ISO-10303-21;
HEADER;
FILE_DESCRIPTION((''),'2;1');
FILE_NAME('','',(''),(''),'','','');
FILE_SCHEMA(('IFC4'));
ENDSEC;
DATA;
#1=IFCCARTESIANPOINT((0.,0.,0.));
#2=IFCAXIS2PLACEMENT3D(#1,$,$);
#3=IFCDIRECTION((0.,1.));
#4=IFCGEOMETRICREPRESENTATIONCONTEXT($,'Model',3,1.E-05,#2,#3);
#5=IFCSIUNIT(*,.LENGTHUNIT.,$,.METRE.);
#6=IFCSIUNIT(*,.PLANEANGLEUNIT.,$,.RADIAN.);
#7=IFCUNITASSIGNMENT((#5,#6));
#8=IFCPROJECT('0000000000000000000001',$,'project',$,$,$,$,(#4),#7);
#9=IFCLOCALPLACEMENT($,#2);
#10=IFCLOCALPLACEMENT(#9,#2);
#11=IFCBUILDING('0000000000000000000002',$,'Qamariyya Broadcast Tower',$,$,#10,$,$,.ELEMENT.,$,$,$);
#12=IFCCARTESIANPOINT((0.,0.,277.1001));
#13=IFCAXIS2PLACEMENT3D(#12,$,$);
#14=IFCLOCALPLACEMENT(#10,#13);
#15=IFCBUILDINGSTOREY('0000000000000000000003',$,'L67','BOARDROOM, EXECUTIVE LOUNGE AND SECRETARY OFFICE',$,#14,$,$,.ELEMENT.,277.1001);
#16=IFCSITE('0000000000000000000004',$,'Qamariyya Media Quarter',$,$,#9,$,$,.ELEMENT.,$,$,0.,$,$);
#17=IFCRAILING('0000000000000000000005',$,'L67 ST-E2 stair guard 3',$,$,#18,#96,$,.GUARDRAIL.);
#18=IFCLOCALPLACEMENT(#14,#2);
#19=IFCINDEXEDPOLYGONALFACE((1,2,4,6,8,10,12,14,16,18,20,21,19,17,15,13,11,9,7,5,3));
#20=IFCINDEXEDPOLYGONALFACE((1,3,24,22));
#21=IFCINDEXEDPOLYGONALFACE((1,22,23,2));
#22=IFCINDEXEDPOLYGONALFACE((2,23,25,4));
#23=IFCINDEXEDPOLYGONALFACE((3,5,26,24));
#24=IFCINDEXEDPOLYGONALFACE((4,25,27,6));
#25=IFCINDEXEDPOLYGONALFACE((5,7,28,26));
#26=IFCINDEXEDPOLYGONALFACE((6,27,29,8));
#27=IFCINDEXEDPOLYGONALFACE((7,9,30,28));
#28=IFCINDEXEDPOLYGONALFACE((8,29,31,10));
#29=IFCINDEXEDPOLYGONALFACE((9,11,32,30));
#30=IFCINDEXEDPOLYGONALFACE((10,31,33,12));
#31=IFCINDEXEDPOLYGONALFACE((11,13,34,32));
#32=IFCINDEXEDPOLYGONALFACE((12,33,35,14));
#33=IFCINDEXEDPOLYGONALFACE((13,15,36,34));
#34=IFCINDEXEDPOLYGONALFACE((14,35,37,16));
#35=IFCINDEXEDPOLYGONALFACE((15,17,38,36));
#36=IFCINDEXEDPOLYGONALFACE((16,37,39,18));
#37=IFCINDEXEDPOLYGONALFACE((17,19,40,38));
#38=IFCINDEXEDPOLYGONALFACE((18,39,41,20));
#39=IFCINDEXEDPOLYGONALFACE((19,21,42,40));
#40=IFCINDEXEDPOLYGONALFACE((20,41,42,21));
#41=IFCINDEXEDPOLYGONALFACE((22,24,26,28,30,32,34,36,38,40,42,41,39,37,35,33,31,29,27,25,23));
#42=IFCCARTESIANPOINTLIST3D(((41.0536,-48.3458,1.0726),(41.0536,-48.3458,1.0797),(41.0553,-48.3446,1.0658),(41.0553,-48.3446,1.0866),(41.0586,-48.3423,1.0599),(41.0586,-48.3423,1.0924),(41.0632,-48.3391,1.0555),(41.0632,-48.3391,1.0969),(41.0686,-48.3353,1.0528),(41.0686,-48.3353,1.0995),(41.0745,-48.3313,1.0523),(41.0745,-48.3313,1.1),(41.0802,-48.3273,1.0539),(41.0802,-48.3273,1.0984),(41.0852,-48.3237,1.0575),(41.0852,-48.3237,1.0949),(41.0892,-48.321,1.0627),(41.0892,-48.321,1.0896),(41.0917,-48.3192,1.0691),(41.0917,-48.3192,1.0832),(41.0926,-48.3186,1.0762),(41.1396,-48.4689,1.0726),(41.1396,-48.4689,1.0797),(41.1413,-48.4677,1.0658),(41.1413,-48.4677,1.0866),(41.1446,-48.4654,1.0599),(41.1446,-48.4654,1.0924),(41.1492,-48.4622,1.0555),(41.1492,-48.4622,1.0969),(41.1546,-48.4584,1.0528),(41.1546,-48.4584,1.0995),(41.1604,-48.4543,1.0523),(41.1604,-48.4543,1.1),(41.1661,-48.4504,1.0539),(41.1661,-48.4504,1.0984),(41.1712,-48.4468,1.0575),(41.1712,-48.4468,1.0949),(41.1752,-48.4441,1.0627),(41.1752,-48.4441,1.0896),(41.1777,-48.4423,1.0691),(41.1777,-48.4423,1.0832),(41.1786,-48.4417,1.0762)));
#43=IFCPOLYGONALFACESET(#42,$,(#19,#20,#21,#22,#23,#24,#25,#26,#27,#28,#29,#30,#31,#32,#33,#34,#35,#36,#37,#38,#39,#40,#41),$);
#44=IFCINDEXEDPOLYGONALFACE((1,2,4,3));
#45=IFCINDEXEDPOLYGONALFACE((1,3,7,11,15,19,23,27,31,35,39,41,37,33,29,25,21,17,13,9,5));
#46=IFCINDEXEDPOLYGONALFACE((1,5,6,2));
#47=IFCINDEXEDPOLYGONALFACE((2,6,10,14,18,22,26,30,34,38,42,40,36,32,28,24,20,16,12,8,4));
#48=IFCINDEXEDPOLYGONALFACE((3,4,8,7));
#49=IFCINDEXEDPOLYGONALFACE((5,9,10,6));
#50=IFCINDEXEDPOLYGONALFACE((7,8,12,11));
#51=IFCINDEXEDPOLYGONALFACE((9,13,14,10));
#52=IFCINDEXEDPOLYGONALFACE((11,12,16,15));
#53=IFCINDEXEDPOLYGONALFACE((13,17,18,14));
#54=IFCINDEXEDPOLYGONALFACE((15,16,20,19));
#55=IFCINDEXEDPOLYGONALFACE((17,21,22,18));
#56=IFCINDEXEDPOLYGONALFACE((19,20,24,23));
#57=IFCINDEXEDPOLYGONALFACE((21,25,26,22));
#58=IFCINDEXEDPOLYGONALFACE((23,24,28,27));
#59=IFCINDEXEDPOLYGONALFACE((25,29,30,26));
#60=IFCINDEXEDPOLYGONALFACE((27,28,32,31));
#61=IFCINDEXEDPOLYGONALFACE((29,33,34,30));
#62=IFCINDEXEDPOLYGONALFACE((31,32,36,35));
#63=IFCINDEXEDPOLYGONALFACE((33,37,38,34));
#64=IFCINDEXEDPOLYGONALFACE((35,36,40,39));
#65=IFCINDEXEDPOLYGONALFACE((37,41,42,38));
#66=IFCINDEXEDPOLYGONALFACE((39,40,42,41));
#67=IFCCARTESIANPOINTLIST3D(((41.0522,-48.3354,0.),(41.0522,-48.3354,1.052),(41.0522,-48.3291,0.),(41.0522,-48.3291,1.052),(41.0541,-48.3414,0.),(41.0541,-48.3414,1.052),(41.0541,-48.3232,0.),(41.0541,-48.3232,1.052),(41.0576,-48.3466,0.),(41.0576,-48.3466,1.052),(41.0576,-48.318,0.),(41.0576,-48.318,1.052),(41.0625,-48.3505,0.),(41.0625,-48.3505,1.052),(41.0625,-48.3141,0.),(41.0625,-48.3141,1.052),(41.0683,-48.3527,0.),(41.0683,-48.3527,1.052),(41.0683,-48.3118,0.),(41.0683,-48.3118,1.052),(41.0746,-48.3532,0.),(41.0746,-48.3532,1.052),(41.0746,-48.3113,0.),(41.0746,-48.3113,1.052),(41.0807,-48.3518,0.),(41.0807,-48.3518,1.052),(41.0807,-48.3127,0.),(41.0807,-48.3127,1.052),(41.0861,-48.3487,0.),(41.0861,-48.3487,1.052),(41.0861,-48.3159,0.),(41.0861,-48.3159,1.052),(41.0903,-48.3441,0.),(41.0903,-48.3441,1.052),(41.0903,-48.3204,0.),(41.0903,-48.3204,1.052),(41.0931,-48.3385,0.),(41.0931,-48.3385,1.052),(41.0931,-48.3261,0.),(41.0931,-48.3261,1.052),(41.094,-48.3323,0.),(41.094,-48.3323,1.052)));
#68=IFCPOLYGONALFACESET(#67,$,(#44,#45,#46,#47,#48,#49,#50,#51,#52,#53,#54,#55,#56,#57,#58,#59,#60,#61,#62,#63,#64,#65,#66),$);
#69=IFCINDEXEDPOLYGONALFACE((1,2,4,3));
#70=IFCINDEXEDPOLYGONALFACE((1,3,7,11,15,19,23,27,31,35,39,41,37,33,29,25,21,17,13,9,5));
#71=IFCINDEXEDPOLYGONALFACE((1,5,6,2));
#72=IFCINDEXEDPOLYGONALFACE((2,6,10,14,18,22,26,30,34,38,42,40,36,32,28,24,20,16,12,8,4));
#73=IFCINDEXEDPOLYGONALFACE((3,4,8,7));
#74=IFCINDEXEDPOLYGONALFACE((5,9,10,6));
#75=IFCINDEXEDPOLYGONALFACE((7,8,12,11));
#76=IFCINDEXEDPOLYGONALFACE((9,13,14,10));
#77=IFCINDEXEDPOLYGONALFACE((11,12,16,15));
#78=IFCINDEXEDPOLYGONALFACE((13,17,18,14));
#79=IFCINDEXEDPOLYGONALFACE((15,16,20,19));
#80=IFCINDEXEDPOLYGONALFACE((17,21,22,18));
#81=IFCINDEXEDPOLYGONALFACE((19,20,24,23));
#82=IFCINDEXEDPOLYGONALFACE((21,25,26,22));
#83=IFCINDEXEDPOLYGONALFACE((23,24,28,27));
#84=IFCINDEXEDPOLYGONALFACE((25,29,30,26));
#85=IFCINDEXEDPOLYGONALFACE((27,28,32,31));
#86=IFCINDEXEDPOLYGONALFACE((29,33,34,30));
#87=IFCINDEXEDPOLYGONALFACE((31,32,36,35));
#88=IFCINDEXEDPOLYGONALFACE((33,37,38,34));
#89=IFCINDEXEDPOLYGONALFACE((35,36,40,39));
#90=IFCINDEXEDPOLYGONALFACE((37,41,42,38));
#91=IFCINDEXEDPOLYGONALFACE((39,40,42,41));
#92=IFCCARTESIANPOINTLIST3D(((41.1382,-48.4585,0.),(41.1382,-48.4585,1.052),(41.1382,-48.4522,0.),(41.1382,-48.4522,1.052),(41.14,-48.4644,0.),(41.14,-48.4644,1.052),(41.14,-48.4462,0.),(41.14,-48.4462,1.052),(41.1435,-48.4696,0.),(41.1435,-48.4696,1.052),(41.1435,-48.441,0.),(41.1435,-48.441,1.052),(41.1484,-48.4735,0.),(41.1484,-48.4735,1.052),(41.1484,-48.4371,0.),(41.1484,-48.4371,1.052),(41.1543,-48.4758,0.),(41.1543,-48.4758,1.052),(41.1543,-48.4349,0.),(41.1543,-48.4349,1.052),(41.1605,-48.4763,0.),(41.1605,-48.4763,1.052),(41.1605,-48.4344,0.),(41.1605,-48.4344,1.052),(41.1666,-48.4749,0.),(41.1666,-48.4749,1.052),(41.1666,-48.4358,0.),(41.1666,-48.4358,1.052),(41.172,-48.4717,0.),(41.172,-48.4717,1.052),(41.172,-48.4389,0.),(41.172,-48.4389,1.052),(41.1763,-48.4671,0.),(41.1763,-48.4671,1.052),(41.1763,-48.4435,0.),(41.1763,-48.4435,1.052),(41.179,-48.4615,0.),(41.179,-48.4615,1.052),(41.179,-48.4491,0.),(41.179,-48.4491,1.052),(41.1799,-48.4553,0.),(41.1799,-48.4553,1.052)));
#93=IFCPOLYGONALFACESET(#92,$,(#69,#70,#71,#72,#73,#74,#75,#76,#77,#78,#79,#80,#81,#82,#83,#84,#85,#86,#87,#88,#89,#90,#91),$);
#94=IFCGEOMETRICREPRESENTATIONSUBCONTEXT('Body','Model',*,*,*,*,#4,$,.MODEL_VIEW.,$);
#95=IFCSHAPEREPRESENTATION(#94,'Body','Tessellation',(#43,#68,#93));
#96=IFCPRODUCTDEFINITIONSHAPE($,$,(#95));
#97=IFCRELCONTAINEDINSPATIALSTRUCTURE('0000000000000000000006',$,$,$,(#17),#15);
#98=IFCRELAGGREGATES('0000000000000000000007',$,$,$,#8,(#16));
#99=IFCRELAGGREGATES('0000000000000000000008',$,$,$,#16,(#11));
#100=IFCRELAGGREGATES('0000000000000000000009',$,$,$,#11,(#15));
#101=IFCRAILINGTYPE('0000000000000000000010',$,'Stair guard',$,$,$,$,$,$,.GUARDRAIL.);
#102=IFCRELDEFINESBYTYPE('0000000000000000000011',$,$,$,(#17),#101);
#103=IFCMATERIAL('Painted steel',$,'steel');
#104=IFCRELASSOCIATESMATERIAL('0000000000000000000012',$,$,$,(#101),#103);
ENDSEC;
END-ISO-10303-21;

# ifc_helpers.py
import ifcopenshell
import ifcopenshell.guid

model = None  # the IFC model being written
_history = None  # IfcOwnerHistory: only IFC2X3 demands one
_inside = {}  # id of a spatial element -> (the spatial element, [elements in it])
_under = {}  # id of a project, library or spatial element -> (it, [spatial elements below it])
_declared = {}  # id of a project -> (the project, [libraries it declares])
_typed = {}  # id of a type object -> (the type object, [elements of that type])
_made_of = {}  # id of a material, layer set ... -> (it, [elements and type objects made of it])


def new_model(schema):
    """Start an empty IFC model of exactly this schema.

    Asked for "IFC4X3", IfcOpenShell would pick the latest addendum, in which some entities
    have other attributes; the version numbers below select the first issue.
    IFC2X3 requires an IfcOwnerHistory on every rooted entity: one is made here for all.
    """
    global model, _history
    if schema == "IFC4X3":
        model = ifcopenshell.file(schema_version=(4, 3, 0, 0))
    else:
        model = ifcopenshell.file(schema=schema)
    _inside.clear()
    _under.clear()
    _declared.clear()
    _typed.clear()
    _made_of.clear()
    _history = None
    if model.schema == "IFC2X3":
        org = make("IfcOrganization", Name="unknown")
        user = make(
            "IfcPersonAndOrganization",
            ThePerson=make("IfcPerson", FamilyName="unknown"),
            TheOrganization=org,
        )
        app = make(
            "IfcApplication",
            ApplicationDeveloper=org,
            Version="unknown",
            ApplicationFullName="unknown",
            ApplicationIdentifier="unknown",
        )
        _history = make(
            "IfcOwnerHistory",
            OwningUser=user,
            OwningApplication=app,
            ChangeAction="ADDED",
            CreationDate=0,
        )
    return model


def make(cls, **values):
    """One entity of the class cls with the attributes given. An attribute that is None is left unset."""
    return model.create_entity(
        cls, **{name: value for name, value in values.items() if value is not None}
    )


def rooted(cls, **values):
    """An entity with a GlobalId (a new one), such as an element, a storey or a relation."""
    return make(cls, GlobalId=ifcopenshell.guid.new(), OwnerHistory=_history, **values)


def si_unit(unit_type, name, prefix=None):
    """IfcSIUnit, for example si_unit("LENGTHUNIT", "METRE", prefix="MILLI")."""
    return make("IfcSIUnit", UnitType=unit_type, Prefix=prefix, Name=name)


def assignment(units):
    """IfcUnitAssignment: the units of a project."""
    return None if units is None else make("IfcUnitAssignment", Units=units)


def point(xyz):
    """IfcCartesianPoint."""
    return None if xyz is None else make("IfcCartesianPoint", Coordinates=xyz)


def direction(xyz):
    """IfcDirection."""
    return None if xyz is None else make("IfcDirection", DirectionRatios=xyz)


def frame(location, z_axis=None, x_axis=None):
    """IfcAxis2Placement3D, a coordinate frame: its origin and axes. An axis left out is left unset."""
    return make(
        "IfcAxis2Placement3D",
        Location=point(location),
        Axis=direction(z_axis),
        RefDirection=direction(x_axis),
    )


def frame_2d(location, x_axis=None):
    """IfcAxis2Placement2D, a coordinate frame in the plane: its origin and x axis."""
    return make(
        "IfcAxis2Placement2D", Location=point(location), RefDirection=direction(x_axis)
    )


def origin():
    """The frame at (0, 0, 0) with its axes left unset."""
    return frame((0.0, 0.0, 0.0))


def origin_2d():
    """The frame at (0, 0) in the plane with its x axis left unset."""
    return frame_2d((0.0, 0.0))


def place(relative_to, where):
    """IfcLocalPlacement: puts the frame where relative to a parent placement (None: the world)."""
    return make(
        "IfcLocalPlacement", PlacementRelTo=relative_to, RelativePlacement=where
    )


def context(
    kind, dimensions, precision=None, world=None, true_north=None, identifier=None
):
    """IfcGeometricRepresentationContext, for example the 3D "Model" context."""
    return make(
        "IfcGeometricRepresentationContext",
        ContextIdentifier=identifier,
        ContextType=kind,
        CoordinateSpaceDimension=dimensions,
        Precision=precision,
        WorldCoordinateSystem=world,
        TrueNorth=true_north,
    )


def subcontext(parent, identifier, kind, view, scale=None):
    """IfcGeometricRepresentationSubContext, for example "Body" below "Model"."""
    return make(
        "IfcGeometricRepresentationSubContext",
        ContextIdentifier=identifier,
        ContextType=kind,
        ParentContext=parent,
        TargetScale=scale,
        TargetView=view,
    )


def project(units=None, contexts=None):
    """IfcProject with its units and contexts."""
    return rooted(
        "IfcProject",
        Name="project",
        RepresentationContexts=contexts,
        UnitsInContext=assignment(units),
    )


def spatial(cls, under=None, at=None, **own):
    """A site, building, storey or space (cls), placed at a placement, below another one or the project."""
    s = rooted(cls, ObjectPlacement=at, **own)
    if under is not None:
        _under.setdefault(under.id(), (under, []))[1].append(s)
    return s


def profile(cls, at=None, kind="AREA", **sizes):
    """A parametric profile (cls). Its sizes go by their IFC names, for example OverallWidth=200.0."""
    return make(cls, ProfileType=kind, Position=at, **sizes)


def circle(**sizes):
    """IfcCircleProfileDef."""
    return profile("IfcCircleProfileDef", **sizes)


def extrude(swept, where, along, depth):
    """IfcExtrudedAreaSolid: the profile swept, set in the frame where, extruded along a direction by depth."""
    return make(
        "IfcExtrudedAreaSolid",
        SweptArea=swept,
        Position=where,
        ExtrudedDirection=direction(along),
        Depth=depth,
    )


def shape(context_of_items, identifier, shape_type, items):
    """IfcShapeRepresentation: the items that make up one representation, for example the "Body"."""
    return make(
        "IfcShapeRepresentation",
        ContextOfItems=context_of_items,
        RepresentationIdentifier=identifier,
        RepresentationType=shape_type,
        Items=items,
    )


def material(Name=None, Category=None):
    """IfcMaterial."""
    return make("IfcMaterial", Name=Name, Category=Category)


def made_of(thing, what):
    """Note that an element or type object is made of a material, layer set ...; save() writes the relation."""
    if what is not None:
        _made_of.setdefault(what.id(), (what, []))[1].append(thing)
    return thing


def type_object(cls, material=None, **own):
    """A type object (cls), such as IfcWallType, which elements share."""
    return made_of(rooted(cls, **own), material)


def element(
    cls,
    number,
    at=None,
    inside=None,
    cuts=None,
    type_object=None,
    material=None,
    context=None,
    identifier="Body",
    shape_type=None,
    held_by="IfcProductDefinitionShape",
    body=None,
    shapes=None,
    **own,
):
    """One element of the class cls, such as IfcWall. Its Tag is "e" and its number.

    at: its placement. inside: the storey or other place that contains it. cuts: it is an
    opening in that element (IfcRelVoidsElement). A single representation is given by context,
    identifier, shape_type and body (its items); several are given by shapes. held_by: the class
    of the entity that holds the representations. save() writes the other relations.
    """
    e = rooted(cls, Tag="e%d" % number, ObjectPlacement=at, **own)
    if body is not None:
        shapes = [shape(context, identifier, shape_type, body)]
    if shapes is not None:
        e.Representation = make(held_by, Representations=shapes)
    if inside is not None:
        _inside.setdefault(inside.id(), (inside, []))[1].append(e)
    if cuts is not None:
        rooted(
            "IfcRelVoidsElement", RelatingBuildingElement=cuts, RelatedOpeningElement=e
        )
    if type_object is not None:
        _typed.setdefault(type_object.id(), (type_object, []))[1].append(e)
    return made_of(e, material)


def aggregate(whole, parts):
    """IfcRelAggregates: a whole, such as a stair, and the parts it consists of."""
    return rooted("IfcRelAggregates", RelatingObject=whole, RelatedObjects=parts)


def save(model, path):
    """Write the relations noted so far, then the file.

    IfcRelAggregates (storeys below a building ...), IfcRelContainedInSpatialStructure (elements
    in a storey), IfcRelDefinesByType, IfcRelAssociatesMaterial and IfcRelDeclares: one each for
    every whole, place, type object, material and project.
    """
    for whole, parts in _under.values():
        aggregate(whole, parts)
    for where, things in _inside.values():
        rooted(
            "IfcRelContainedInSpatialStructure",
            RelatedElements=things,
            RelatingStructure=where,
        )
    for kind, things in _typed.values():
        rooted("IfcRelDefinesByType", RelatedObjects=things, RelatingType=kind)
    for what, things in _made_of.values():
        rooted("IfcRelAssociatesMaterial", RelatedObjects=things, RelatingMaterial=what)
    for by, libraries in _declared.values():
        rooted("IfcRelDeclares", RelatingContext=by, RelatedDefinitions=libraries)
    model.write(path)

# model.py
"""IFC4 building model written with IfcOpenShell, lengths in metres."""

from ifc_helpers import new_model, si_unit, direction, frame, origin, origin_2d, place, context, subcontext, project, spatial, circle, extrude, material, type_object, element, save


model = new_model("IFC4")

# Units and contexts
model_context = context("Model", 3, precision=1e-05, world=origin(), true_north=direction((0.0, 1.0)))
body_context = subcontext(model_context, "Body", "Model", "MODEL_VIEW")
ifc_project = project(units=[si_unit("LENGTHUNIT", "METRE"), si_unit("PLANEANGLEUNIT", "RADIAN")], contexts=[model_context])

# Site, building, storey
site_placement = place(None, origin())
site = spatial("IfcSite", under=ifc_project, at=site_placement, Name="Qamariyya Media Quarter", CompositionType="ELEMENT", RefElevation=0.0)
building_placement = place(site_placement, origin())
building = spatial("IfcBuilding", under=site, at=building_placement, Name="Qamariyya Broadcast Tower", CompositionType="ELEMENT")
storey_placement = place(building_placement, frame((0.0, 0.0, 277.1001)))
storey = spatial("IfcBuildingStorey", under=building, at=storey_placement, Name="L67", Description="BOARDROOM, EXECUTIVE LOUNGE AND SECRETARY OFFICE", CompositionType="ELEMENT", Elevation=277.1001)

# Railing
ifc_material_1 = material(Name="Painted steel", Category="steel")
railing_type_1 = type_object("IfcRailingType", Name="Stair guard", PredefinedType="GUARDRAIL", material=ifc_material_1)
railing_1_placement = place(storey_placement, frame((41.073, -48.3323, 0.0)))
element("IfcRailing", 1, at=railing_1_placement, inside=storey, type_object=railing_type_1, Name="L67 ST-E2 stair guard 3", PredefinedType="GUARDRAIL", context=body_context, shape_type="SweptSolid", body=[
    extrude(circle(Radius=0.0239, at=origin_2d()), frame((0.0, 0.0, 1.0762), z_axis=(0.572589, -0.819843, 0.0), x_axis=(0.819843, 0.572589, 0.0)), (0.0, 0.0, 1.0), 0.1501),
    extrude(circle(Radius=0.021, at=origin_2d()), origin(), (0.0, 0.0, 1.0), 1.052),
    extrude(circle(Radius=0.021, at=origin_2d()), frame((0.0859, -0.123, 0.0)), (0.0, 0.0, 1.0), 1.052),
])

save(model, "model.ifc")
